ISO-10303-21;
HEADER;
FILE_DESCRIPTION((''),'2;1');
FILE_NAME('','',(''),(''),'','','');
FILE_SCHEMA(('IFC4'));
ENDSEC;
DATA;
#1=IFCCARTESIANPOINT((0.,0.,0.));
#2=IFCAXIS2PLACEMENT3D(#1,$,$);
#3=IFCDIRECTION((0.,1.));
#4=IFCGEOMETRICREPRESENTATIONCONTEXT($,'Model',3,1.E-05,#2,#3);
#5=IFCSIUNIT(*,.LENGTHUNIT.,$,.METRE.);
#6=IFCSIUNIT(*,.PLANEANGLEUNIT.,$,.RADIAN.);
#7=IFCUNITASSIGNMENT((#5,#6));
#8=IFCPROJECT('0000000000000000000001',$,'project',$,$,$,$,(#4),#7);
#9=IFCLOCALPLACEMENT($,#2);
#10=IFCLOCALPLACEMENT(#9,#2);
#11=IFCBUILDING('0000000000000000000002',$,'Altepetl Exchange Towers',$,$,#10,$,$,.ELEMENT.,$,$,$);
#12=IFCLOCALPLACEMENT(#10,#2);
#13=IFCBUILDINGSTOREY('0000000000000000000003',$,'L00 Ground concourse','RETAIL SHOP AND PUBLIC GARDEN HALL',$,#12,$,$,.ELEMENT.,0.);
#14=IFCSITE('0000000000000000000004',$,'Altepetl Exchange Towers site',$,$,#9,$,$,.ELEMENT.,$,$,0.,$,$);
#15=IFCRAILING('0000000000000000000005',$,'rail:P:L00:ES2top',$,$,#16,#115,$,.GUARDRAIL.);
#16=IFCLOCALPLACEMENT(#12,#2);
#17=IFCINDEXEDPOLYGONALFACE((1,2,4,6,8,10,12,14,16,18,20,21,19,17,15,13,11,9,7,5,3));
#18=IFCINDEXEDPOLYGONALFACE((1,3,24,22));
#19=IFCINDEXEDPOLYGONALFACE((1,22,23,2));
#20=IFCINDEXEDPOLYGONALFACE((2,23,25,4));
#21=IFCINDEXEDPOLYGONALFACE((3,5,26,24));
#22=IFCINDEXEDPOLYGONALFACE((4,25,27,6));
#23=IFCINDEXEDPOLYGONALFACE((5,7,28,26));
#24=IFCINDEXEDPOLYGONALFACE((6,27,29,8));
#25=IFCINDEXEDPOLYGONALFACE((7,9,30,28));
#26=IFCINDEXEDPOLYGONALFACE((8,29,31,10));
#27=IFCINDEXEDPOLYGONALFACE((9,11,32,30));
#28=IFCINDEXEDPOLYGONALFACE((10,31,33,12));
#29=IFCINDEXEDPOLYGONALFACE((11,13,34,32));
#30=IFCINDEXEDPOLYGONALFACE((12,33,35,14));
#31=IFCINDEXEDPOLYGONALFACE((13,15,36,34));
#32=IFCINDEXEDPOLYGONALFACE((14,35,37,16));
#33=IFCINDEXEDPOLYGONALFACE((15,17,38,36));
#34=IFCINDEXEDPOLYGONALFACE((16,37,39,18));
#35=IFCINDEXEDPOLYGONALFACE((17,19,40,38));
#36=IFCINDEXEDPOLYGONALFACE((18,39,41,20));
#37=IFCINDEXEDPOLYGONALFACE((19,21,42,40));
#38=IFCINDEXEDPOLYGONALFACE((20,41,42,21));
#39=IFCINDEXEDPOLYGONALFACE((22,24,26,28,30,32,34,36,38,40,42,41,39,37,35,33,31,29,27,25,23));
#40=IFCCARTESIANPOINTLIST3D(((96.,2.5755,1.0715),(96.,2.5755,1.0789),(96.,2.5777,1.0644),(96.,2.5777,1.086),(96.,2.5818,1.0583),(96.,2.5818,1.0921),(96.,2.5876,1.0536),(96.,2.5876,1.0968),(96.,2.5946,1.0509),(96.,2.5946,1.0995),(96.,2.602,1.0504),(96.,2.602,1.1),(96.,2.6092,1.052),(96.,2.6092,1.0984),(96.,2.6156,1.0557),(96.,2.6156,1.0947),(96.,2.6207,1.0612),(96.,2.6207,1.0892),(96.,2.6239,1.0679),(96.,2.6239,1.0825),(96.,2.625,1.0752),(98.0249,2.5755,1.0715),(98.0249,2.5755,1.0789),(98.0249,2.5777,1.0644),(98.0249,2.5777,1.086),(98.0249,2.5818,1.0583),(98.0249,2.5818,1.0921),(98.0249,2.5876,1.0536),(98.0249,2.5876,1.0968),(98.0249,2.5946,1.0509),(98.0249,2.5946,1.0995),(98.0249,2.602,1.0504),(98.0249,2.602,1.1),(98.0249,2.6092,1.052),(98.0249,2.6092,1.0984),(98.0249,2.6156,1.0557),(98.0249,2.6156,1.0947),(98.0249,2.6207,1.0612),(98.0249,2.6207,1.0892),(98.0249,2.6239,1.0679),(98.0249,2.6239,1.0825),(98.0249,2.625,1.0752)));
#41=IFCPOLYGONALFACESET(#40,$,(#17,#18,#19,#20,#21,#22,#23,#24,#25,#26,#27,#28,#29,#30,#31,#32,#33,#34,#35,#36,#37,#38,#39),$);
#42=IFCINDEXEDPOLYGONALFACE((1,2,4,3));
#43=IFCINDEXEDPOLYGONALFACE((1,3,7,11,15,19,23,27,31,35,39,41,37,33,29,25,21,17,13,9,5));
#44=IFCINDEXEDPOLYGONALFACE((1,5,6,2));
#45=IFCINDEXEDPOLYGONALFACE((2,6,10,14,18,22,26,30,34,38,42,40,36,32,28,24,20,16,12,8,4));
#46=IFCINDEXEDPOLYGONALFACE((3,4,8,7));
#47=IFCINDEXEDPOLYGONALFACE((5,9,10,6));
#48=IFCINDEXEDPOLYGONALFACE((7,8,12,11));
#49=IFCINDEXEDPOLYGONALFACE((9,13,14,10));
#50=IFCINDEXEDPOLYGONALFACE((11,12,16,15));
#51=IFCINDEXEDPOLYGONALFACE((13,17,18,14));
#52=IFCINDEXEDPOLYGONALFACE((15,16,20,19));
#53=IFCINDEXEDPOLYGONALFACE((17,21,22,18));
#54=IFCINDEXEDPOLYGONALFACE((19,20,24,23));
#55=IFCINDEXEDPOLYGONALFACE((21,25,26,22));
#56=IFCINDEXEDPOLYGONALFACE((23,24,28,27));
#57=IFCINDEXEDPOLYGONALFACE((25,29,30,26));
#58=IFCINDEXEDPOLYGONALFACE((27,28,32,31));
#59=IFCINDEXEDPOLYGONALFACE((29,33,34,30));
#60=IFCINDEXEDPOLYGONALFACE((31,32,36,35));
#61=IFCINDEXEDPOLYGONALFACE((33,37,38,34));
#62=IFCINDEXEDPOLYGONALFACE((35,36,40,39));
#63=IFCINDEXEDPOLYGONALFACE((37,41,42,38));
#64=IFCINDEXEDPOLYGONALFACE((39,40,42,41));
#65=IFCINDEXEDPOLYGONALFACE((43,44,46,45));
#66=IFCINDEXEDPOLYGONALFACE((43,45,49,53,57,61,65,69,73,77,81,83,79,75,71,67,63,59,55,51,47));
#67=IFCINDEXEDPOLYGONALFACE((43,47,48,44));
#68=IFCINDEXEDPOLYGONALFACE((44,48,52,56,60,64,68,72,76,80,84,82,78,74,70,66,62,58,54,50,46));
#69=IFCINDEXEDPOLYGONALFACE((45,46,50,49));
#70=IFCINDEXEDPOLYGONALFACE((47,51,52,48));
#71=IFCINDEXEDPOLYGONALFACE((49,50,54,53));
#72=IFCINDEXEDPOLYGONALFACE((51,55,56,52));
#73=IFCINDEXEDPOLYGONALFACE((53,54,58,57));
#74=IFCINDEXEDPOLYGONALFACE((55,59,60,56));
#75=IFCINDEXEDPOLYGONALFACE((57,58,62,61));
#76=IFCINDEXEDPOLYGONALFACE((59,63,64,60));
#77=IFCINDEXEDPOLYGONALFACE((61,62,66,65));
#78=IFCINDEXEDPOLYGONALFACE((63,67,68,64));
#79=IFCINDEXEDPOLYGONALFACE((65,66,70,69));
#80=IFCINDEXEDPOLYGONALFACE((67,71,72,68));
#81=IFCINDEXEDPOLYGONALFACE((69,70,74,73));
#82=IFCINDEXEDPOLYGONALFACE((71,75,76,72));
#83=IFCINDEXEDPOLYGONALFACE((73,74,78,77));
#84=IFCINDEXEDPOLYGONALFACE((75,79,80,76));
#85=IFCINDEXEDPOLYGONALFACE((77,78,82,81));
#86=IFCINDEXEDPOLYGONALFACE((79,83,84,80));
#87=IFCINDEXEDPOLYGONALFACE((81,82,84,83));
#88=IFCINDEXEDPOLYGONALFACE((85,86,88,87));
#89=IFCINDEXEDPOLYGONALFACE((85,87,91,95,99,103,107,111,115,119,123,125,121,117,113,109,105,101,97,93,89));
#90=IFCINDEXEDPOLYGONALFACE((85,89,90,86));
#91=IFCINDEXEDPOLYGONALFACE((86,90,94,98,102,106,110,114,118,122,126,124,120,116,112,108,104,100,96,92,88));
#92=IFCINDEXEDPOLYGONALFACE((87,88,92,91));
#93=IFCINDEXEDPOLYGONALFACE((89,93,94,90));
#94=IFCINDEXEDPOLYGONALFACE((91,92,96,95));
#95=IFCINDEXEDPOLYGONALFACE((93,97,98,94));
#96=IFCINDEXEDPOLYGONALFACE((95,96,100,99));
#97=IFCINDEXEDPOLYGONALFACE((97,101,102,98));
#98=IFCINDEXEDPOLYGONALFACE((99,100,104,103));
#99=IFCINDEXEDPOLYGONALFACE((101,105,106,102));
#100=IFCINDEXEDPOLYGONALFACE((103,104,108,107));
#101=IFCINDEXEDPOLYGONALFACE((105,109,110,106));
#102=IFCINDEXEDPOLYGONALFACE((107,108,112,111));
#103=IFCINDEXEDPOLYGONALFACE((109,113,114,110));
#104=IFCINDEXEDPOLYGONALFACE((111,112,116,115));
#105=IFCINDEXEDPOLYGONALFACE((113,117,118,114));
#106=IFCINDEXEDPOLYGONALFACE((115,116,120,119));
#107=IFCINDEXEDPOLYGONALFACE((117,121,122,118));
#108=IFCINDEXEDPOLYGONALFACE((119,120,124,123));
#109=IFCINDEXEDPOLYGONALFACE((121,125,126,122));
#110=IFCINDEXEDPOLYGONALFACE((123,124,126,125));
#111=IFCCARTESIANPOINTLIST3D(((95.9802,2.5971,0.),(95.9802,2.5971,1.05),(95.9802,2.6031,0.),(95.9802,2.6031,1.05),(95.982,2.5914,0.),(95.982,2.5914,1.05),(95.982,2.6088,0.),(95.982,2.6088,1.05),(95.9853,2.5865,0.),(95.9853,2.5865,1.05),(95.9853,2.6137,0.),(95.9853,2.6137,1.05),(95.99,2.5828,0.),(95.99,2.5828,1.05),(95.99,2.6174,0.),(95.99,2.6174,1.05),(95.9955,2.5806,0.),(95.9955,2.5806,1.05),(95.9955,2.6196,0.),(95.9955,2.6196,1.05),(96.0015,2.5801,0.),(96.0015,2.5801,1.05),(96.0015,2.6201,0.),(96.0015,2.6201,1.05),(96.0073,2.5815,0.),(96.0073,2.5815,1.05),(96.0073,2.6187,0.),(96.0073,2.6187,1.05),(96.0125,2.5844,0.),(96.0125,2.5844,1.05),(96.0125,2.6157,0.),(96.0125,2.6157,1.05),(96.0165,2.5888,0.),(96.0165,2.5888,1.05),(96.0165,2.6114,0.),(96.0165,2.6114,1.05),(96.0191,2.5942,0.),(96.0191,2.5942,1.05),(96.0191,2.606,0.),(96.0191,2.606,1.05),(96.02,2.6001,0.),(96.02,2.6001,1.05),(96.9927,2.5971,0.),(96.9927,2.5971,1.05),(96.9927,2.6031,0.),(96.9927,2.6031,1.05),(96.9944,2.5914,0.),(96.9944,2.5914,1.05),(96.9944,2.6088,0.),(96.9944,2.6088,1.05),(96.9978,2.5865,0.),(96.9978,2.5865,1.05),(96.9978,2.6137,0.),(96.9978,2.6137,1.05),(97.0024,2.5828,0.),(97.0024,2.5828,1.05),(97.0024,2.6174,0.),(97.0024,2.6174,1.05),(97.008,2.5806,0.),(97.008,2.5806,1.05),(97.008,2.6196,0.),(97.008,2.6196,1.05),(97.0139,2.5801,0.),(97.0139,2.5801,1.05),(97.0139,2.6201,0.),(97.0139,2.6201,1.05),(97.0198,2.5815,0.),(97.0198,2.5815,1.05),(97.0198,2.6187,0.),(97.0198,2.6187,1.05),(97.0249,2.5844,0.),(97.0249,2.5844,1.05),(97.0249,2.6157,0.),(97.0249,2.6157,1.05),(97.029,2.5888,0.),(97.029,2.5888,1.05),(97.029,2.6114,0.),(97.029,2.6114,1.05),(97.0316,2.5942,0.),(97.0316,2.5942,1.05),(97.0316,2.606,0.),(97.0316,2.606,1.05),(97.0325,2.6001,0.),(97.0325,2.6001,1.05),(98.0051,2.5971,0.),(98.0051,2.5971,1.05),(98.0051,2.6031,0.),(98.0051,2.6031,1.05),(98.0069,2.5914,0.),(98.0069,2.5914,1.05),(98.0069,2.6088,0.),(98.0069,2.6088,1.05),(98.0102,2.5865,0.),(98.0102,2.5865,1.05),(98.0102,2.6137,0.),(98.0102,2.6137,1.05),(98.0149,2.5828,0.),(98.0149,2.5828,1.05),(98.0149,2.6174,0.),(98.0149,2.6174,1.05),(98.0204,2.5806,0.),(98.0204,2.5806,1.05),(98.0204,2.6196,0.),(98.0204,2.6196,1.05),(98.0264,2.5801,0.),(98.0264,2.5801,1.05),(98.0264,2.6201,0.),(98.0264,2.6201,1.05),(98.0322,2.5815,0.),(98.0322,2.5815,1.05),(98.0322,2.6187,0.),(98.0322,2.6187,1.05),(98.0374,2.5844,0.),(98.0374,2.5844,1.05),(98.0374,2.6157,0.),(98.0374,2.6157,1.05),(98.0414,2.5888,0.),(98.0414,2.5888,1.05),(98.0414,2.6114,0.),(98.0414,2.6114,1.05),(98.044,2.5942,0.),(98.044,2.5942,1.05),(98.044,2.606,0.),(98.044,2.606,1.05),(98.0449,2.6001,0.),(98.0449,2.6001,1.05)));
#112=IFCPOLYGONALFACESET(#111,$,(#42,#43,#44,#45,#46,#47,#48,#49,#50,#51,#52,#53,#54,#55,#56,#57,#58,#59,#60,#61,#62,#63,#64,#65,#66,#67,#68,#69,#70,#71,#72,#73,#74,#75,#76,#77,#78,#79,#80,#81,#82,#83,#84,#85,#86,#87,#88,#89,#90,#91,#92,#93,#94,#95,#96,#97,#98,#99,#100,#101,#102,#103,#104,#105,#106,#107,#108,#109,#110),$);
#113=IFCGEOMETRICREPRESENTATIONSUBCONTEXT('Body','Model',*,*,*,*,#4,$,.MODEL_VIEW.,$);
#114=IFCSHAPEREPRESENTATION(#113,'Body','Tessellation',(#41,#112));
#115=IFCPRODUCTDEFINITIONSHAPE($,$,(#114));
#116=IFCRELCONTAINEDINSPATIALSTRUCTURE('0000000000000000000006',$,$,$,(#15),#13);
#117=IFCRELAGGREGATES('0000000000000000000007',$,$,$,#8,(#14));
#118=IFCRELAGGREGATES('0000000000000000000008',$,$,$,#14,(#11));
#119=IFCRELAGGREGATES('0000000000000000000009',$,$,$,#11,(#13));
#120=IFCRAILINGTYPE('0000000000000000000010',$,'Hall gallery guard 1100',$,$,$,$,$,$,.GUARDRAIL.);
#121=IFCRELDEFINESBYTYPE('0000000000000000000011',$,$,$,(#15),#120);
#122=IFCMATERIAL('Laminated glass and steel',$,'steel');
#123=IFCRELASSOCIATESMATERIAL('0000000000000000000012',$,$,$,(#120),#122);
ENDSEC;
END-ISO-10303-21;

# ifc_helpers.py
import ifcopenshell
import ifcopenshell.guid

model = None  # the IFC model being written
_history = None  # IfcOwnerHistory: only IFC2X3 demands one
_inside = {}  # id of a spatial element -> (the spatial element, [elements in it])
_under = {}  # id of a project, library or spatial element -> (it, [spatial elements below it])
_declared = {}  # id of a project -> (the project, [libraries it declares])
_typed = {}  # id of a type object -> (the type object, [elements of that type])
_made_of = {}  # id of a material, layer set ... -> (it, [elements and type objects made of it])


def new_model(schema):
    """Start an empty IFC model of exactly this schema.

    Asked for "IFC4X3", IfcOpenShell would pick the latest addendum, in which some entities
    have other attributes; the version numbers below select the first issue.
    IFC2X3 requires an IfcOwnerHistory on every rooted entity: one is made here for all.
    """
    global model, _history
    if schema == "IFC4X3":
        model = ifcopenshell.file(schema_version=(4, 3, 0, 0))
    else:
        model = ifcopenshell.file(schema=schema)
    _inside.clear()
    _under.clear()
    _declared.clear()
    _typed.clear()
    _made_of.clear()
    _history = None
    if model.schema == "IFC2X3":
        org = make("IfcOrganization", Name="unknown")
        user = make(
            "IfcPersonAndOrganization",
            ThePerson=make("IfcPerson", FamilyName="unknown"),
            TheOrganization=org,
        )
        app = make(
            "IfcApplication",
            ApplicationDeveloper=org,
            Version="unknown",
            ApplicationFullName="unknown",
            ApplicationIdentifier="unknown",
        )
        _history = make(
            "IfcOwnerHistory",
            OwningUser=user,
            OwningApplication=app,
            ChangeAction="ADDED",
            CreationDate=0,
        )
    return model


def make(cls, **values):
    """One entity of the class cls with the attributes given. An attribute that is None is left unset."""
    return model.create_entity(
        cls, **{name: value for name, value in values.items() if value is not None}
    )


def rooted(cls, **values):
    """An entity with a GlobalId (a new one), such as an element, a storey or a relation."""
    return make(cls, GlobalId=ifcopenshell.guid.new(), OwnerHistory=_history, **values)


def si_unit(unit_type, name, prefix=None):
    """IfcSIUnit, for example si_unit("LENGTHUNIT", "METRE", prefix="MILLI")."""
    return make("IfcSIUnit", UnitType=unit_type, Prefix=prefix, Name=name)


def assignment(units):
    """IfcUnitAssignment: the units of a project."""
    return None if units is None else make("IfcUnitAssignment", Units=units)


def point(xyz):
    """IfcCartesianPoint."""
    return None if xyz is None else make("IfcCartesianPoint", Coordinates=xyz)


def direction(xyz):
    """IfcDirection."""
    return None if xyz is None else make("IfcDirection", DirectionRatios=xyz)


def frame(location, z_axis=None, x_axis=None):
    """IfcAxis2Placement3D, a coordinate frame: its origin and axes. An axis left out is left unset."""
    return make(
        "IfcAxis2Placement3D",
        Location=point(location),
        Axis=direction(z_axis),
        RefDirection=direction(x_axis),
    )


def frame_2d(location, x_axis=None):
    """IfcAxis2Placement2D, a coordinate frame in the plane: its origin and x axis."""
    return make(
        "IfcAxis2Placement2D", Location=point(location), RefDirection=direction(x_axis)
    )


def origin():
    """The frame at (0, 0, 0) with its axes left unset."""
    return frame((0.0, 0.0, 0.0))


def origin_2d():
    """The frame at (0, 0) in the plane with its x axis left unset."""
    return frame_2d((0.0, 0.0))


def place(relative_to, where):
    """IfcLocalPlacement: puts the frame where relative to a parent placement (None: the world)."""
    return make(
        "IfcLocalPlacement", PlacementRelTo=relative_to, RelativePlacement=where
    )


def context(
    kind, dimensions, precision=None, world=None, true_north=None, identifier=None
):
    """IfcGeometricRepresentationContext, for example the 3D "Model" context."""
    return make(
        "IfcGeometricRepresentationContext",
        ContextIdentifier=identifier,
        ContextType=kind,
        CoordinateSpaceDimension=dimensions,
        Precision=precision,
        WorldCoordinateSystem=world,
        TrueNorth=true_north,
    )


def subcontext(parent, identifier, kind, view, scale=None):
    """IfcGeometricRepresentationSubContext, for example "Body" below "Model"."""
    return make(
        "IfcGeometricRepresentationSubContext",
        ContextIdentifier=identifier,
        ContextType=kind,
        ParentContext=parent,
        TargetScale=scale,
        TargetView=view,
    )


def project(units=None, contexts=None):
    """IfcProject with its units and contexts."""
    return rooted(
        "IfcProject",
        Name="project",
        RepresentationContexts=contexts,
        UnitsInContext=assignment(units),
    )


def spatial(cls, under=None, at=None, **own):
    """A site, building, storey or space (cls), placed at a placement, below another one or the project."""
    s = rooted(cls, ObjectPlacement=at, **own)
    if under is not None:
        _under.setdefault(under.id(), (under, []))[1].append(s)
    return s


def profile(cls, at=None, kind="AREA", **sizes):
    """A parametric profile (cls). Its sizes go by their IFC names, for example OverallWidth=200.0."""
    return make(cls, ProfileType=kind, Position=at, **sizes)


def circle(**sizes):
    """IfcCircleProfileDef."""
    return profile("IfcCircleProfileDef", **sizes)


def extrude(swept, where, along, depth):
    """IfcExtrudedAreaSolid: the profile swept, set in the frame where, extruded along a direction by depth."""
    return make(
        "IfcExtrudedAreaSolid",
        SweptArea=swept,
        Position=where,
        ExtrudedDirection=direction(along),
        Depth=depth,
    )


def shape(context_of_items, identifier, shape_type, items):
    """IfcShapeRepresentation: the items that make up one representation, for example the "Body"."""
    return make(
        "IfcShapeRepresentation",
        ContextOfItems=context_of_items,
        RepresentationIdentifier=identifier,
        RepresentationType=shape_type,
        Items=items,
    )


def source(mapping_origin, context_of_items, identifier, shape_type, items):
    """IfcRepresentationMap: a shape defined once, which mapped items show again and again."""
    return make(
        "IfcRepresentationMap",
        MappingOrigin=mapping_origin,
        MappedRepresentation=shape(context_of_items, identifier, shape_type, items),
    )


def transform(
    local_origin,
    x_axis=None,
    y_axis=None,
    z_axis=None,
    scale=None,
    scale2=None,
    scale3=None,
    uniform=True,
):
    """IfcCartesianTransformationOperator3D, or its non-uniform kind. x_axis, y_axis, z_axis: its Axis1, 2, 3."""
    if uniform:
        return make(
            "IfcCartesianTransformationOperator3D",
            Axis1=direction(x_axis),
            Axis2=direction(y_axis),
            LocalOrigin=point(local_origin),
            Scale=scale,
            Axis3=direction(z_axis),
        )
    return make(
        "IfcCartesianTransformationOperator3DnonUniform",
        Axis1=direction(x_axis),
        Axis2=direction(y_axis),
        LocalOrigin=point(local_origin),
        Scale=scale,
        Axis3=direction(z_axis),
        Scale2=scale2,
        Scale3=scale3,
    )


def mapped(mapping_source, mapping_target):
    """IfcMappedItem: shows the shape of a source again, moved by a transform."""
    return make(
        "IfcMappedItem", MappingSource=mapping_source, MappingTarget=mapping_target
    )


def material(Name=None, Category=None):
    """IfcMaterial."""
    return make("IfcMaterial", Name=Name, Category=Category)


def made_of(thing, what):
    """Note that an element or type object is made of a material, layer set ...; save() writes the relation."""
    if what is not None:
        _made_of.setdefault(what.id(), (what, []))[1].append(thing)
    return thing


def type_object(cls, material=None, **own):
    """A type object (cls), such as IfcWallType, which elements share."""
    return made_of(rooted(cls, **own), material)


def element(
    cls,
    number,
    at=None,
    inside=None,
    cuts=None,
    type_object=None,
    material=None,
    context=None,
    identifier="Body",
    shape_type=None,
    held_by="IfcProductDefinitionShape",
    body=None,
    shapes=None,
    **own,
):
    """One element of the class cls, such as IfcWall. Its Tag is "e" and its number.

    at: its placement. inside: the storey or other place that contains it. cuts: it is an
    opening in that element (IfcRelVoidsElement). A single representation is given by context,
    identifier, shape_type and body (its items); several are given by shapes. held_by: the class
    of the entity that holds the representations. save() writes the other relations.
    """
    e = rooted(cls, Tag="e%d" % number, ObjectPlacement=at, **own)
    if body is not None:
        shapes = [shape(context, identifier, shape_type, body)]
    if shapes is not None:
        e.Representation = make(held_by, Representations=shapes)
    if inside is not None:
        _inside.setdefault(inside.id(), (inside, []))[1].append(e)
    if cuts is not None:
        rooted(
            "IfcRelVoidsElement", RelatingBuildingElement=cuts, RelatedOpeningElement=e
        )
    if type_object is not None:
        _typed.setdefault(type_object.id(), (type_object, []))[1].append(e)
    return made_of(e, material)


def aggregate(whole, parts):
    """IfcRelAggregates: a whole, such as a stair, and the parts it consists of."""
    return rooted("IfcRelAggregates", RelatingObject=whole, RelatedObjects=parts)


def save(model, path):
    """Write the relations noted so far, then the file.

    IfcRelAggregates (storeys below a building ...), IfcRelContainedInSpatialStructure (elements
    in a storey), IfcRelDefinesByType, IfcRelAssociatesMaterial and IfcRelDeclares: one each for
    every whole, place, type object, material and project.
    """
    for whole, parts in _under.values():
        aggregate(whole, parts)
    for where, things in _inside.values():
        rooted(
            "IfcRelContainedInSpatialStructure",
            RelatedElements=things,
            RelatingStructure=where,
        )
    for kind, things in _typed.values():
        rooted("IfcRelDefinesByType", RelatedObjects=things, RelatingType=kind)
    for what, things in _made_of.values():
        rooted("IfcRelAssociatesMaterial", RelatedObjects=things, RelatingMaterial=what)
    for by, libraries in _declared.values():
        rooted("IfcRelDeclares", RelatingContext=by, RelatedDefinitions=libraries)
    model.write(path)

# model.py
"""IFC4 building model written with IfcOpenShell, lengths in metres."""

from ifc_helpers import new_model, si_unit, direction, frame, origin, origin_2d, place, context, subcontext, project, spatial, circle, extrude, source, transform, mapped, material, type_object, element, save


model = new_model("IFC4")

# Units and contexts
model_context = context("Model", 3, precision=1e-05, world=origin(), true_north=direction((0.0, 1.0)))
body_context = subcontext(model_context, "Body", "Model", "MODEL_VIEW")
ifc_project = project(units=[si_unit("LENGTHUNIT", "METRE"), si_unit("PLANEANGLEUNIT", "RADIAN")], contexts=[model_context])

# Site, building, storey
site_placement = place(None, origin())
site = spatial("IfcSite", under=ifc_project, at=site_placement, Name="Altepetl Exchange Towers site", CompositionType="ELEMENT", RefElevation=0.0)
building_placement = place(site_placement, origin())
building = spatial("IfcBuilding", under=site, at=building_placement, Name="Altepetl Exchange Towers", CompositionType="ELEMENT")
storey_placement = place(building_placement, origin())
storey = spatial("IfcBuildingStorey", under=building, at=storey_placement, Name="L00 Ground concourse", Description="RETAIL SHOP AND PUBLIC GARDEN HALL", CompositionType="ELEMENT", Elevation=0.0)

# Railing
ifc_material_1 = material(Name="Laminated glass and steel", Category="steel")
railing_type = type_object("IfcRailingType", Name="Hall gallery guard 1100", PredefinedType="GUARDRAIL", material=ifc_material_1)
shared_shape = source(origin(), body_context, "Body", "SweptSolid", [
    extrude(circle(Radius=0.02, at=origin_2d()), origin(), (0.0, 0.0, 1.0), 1.05),
])
railing_placement = place(storey_placement, frame((96.0, 2.6001, 0.0)))
element("IfcRailing", 1, at=railing_placement, inside=storey, type_object=railing_type, Name="rail:P:L00:ES2top", PredefinedType="GUARDRAIL", context=body_context, shape_type="SweptSolid", body=[
    extrude(circle(Radius=0.0249, at=origin_2d()), frame((0.0, 0.0, 1.0752), z_axis=(1.0, 0.0, 0.0), x_axis=(0.0, 1.0, 0.0)), (0.0, 0.0, 1.0), 2.0249),
    mapped(shared_shape, transform((0.0, 0.0, 0.0))),
    mapped(shared_shape, transform((1.0125, 0.0, 0.0))),
    mapped(shared_shape, transform((2.0249, 0.0, 0.0))),
])

save(model, "model.ifc")
